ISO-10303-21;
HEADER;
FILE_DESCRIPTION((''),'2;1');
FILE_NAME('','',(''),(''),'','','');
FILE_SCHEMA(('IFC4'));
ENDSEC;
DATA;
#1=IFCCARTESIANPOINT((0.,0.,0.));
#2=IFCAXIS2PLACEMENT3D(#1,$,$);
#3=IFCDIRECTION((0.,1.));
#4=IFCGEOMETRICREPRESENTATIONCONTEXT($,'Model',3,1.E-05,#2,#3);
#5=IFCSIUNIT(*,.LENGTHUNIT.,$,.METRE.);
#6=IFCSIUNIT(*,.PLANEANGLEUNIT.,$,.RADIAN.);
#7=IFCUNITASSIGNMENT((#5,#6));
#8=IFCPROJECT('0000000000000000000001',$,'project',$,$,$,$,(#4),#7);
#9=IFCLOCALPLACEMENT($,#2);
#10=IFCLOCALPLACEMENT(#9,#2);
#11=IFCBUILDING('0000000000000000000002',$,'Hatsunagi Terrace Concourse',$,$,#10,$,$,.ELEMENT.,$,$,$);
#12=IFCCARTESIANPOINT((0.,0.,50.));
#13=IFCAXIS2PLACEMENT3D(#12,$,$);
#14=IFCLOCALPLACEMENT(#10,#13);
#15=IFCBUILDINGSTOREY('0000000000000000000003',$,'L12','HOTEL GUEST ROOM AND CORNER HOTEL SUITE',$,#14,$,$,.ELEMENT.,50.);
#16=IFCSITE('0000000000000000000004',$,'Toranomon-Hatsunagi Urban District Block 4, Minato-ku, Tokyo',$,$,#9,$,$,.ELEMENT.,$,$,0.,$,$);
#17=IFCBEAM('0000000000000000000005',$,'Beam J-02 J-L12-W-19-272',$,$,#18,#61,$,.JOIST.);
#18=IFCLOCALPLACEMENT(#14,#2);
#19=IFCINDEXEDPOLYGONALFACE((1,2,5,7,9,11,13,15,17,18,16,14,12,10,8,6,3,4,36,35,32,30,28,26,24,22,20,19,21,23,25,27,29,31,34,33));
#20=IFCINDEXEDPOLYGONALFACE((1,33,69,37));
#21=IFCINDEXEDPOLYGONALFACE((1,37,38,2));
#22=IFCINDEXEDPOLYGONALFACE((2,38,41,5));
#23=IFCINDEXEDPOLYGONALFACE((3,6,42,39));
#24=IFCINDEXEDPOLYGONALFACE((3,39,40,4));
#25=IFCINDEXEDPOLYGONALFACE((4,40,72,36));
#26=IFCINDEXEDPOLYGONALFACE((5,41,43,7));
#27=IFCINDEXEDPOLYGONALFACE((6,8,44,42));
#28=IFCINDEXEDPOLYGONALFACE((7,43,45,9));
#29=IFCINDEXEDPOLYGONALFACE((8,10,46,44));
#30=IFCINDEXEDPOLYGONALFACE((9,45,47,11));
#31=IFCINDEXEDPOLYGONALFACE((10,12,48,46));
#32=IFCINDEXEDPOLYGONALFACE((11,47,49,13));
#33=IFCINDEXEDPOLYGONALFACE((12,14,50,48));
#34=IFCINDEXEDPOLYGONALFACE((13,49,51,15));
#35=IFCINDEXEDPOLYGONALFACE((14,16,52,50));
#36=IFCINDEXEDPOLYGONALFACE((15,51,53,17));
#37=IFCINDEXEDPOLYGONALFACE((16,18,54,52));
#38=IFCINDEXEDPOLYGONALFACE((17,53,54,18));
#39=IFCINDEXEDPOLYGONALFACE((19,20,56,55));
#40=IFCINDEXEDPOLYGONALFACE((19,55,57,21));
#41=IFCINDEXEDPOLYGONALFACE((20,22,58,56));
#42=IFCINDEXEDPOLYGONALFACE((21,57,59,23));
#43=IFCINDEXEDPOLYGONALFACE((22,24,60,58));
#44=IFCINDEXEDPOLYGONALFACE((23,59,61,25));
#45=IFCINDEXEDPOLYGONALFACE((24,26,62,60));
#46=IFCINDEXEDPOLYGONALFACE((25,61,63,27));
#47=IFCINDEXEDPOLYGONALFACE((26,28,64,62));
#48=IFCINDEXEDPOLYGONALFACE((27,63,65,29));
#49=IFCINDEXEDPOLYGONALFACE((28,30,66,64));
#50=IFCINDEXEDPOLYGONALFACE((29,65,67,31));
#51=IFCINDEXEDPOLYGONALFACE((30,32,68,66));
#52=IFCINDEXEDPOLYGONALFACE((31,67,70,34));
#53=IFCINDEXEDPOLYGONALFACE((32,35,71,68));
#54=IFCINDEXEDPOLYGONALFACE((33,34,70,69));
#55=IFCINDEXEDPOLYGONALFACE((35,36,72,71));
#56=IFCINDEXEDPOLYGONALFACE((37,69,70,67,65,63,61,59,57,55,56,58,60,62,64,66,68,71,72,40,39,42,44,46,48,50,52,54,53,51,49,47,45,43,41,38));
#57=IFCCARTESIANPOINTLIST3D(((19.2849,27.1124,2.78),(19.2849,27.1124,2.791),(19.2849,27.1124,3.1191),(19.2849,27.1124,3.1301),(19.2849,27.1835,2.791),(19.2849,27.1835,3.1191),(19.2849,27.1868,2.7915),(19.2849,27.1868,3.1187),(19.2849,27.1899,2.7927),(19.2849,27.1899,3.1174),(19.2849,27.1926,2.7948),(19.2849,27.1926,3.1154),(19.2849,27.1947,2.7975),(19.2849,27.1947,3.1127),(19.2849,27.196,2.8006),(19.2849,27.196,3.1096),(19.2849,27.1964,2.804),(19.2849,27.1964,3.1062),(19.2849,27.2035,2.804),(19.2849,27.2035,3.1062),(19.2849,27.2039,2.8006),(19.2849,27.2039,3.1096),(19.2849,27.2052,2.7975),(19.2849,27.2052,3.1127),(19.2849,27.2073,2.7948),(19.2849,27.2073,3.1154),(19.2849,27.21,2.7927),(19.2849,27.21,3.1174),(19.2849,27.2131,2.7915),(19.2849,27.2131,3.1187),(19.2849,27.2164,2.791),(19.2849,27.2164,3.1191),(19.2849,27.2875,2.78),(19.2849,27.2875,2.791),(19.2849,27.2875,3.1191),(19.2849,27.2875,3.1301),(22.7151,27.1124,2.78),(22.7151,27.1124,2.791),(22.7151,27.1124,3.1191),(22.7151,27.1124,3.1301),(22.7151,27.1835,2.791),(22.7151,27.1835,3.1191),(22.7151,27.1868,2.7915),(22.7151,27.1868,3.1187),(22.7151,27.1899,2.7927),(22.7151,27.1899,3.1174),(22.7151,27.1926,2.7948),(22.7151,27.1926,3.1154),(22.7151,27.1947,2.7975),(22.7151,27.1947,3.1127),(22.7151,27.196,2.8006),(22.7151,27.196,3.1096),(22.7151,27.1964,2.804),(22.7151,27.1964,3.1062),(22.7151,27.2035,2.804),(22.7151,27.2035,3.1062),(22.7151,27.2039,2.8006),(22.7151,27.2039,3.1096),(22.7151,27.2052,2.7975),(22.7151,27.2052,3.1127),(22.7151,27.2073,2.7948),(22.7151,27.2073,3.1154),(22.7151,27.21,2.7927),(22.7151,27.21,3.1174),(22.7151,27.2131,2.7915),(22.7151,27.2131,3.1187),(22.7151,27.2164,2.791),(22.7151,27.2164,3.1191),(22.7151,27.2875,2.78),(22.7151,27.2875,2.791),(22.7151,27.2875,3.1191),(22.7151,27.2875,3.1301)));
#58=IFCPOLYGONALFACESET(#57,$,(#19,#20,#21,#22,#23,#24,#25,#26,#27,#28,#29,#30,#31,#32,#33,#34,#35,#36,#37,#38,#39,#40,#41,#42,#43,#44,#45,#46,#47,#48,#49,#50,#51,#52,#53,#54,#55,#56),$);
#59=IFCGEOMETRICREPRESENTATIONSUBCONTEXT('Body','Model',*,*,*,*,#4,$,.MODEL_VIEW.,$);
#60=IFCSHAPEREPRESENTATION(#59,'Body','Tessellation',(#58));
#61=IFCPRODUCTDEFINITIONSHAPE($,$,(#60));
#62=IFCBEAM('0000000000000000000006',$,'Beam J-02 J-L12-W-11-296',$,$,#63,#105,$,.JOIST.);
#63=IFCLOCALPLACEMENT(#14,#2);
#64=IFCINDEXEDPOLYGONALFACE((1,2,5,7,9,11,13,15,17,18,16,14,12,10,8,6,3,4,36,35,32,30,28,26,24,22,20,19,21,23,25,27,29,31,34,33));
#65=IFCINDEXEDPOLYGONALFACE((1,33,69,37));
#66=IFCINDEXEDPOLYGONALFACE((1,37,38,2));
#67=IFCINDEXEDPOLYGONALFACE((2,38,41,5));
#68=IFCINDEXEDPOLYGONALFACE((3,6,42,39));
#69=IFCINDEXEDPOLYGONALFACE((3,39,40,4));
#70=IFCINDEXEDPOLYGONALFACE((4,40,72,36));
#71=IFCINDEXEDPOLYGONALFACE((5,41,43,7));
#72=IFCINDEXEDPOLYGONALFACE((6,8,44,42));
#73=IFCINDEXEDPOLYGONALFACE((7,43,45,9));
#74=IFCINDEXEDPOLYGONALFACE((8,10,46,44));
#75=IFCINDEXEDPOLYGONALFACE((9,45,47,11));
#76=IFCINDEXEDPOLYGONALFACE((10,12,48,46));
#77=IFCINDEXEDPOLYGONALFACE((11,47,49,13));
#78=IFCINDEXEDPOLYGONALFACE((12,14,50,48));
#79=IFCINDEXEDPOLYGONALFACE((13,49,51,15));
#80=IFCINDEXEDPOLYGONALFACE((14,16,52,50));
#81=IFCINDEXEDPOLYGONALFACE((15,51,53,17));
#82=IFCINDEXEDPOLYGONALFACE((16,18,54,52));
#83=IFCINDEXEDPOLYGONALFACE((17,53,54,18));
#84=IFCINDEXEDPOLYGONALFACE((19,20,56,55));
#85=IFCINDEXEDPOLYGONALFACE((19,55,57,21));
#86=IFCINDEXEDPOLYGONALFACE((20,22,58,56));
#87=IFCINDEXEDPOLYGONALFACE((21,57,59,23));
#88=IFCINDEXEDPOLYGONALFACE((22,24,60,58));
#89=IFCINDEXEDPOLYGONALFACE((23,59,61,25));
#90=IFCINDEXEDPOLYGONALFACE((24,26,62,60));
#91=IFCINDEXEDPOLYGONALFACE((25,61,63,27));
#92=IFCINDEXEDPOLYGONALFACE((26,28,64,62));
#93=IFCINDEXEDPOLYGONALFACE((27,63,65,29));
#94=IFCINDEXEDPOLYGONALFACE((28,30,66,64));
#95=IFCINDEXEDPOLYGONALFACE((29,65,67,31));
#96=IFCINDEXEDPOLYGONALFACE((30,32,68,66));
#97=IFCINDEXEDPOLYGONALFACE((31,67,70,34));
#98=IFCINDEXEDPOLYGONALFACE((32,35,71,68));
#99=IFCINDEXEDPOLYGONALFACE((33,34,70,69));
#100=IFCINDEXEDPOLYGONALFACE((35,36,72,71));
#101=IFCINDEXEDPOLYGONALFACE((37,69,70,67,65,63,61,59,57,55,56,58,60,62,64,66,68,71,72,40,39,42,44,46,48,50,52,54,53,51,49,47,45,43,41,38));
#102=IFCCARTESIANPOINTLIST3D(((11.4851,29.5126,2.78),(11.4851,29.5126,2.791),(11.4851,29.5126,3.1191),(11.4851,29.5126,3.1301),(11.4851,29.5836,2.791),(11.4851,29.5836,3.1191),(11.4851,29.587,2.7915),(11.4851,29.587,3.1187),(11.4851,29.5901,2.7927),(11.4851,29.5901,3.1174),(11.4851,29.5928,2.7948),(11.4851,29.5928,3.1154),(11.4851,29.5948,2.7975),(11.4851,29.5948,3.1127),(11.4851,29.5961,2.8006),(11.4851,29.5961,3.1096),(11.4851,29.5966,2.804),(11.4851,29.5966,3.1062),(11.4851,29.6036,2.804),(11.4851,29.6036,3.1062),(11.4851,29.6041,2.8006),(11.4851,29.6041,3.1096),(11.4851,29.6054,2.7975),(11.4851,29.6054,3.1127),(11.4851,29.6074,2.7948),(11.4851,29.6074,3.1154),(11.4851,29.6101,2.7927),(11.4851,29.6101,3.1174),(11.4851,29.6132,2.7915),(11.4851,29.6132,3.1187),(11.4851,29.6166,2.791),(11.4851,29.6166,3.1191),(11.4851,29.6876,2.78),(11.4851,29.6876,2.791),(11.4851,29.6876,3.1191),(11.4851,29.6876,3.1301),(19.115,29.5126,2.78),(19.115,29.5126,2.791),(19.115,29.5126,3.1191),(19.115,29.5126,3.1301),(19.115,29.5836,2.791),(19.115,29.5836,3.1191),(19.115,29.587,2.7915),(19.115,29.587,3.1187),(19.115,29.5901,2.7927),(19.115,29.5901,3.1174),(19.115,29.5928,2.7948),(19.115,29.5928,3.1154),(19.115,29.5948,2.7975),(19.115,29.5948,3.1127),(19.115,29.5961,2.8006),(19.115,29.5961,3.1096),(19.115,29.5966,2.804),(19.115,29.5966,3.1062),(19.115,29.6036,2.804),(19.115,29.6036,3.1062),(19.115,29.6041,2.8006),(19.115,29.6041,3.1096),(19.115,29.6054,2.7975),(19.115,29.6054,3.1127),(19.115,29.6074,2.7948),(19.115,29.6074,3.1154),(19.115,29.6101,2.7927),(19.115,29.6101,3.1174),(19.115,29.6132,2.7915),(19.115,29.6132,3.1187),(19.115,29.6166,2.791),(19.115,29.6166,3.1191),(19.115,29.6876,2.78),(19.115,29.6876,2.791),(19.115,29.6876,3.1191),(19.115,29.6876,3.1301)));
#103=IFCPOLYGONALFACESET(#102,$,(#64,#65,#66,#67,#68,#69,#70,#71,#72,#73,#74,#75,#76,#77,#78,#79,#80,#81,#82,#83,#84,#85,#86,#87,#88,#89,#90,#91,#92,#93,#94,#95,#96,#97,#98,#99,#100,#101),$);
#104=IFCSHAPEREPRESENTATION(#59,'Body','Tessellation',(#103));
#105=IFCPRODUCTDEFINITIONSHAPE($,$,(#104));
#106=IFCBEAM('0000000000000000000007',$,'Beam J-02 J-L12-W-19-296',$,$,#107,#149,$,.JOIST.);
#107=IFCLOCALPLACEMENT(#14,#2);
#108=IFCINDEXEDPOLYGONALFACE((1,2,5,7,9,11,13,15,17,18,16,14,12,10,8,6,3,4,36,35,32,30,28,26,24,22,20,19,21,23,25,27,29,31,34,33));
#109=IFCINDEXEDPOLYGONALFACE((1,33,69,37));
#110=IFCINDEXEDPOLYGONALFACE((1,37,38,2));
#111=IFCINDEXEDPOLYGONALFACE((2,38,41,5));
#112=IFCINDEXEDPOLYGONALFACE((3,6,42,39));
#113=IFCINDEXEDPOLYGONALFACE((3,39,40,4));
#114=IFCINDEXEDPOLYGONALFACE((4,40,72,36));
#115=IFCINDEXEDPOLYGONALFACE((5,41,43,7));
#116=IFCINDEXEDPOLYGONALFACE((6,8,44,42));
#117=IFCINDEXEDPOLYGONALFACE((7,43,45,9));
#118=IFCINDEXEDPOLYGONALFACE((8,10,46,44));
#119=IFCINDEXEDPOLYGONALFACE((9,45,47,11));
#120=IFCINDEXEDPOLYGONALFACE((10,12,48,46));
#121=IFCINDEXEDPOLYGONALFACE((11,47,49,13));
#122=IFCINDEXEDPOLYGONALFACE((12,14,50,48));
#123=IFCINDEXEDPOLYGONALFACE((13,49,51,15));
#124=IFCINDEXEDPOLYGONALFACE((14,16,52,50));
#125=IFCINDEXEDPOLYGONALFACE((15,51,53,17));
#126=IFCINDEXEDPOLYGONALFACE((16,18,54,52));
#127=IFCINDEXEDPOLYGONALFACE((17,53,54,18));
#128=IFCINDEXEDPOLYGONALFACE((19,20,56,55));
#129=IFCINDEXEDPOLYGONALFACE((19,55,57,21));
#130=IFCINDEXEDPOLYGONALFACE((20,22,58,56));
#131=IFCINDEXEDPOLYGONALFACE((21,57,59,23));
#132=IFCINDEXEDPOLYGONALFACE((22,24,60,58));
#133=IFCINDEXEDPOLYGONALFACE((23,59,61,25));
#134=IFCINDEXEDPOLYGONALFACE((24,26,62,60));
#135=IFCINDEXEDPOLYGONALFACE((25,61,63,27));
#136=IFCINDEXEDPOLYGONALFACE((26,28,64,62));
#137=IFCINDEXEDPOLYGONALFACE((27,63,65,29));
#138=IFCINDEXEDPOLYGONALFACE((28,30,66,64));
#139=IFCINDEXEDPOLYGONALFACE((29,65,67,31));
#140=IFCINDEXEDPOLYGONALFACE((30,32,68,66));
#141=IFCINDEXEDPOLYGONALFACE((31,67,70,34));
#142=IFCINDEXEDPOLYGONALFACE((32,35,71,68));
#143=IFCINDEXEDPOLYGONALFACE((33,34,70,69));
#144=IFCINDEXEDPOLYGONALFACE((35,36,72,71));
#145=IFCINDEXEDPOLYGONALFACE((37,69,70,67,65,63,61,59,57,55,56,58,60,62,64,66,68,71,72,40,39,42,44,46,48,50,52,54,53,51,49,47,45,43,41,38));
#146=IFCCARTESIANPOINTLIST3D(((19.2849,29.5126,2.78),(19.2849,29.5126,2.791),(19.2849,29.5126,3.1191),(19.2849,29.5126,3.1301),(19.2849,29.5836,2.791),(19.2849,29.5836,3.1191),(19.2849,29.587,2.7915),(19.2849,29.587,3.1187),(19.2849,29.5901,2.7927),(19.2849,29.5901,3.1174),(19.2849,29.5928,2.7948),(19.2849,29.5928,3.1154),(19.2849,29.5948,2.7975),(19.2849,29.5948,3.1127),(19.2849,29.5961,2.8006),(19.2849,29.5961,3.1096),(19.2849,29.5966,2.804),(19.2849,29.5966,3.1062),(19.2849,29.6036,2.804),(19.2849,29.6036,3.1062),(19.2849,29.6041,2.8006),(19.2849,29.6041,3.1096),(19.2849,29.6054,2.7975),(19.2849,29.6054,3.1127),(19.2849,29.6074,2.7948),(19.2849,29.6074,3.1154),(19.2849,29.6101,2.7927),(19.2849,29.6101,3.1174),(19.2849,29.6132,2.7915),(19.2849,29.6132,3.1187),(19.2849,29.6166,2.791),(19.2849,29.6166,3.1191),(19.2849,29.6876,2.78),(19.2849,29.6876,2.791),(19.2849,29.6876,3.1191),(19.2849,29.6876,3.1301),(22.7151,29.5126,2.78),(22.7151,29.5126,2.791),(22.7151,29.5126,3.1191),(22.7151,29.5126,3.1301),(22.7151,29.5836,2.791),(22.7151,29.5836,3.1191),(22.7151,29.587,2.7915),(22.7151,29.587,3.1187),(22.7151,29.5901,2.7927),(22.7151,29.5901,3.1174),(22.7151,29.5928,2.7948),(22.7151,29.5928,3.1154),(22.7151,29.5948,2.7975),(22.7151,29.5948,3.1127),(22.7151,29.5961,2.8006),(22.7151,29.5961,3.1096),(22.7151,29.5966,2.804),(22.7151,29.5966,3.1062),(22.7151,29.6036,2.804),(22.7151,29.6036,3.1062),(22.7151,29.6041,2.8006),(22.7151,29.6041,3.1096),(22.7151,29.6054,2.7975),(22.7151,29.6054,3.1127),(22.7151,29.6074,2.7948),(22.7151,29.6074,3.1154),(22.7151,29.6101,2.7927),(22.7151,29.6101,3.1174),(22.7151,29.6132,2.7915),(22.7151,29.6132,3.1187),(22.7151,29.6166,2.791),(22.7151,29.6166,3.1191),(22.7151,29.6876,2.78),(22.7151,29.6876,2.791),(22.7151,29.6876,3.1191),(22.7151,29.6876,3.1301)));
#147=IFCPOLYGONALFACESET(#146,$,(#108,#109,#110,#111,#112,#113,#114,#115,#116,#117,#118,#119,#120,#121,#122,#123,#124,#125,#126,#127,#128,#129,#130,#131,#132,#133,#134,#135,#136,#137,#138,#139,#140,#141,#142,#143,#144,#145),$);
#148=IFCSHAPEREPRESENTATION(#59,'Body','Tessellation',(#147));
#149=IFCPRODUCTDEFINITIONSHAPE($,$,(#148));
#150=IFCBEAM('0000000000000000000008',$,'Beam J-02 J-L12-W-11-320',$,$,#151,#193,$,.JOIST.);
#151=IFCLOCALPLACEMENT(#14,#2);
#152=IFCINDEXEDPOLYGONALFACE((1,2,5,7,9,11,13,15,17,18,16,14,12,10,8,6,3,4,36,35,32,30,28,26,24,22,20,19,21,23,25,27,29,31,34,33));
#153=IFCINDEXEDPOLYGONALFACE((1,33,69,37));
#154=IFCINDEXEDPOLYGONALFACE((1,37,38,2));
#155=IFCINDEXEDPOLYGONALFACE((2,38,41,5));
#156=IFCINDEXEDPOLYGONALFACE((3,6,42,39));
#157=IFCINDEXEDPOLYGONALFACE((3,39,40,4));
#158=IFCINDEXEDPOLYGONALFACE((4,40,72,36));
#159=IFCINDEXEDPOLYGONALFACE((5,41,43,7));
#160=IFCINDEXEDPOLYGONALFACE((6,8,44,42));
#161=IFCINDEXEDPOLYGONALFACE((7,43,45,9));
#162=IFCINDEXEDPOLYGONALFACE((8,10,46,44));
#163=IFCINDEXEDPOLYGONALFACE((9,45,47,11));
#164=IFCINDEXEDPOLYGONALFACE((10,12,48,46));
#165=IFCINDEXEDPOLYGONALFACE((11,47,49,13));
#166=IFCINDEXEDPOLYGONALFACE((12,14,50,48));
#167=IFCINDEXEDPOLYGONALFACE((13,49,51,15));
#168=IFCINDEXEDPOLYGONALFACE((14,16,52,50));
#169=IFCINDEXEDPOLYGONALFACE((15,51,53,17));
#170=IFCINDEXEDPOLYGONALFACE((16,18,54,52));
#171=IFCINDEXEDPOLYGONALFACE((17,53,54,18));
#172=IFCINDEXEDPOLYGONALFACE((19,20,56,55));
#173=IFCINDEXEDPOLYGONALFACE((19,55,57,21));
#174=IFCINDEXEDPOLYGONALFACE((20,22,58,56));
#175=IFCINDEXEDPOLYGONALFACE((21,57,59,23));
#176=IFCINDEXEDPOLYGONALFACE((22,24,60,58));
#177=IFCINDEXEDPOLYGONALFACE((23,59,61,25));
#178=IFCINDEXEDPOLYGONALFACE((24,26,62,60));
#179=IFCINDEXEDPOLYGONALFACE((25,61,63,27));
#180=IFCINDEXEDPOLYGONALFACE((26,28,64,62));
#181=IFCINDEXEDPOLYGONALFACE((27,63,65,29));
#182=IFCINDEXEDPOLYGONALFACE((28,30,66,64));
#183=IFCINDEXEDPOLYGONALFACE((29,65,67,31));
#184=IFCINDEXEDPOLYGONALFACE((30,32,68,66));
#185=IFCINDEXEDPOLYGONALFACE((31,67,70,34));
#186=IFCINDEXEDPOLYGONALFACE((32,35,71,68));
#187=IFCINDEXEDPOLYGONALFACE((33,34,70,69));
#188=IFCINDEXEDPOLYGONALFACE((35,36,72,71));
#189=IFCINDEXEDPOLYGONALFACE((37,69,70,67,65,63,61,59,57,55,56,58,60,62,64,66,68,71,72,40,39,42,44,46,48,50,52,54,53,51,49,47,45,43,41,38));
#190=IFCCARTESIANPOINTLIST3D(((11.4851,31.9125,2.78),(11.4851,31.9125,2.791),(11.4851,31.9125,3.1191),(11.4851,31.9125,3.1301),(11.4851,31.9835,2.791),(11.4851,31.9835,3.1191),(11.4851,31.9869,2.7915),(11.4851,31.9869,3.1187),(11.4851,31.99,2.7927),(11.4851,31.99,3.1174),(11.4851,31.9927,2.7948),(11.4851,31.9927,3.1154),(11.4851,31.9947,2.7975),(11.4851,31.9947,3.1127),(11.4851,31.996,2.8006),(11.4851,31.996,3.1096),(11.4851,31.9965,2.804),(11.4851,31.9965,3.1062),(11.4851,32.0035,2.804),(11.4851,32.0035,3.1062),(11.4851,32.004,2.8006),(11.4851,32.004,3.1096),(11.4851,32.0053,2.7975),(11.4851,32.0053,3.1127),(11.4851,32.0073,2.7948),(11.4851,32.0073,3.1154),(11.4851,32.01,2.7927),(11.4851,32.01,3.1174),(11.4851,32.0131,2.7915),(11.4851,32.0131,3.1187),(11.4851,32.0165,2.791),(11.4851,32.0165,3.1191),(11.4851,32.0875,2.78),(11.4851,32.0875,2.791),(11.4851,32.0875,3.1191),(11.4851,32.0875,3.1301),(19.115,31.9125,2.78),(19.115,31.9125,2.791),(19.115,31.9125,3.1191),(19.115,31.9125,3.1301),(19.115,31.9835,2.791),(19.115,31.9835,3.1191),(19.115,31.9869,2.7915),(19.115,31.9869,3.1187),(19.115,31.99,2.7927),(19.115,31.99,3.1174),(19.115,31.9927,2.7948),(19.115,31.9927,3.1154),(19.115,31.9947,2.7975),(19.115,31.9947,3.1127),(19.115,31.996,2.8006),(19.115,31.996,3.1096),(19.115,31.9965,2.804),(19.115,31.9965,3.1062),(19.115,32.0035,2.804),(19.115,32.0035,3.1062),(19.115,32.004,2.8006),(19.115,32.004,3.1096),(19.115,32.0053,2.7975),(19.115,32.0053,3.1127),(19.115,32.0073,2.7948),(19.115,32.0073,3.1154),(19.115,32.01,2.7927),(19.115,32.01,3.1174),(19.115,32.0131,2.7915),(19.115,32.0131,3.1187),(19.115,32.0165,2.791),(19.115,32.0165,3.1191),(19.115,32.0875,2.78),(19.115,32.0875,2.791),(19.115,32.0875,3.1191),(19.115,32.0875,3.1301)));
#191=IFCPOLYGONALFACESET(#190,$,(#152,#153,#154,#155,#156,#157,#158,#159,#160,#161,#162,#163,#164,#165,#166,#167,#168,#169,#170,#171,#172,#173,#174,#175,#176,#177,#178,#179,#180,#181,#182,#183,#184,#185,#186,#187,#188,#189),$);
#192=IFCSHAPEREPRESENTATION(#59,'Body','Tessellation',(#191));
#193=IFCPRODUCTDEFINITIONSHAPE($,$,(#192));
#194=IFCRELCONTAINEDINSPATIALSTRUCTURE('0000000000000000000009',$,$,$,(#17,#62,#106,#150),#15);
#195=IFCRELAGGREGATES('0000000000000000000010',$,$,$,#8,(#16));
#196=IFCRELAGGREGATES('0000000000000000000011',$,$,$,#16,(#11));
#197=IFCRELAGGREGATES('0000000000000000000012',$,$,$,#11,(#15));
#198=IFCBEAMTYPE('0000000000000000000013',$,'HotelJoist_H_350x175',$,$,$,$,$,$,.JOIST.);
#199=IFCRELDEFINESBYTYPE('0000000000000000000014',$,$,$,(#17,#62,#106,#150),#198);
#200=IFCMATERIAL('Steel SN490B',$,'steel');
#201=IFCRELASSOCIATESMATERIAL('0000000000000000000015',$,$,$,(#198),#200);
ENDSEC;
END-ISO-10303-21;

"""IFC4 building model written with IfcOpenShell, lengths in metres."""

from ifc_helpers import new_model, si_unit, direction, frame, origin, origin_2d, place, context, subcontext, project, spatial, i_section, extrude, material, material_profile, profile_set, type_object, element, save


model = new_model("IFC4")

# Units and contexts
model_context = context("Model", 3, precision=1e-05, world=origin(), true_north=direction((0.0, 1.0)))
body_context = subcontext(model_context, "Body", "Model", "MODEL_VIEW")
ifc_project = project(units=[si_unit("LENGTHUNIT", "METRE"), si_unit("PLANEANGLEUNIT", "RADIAN")], contexts=[model_context])

# Site, building, storey
site_placement = place(None, origin())
site = spatial("IfcSite", under=ifc_project, at=site_placement, Name="Toranomon-Hatsunagi Urban District Block 4, Minato-ku, Tokyo", CompositionType="ELEMENT", RefElevation=0.0)
building_placement = place(site_placement, origin())
building = spatial("IfcBuilding", under=site, at=building_placement, Name="Hatsunagi Terrace Concourse", CompositionType="ELEMENT")
storey_placement = place(building_placement, frame((0.0, 0.0, 50.0)))
storey = spatial("IfcBuildingStorey", under=building, at=storey_placement, Name="L12", Description="HOTEL GUEST ROOM AND CORNER HOTEL SUITE", CompositionType="ELEMENT", Elevation=50.0)

# Beams
ifc_material_1 = material(Name="Steel SN490B", Category="steel")
ifc_material_profile_1 = material_profile(ifc_material_1, i_section(OverallWidth=0.175, OverallDepth=0.3501, WebThickness=0.0071, FlangeThickness=0.011, FilletRadius=0.0129, at=origin_2d()), Name="H-350x175x7x11")
ifc_profile_set_1 = profile_set([ifc_material_profile_1], Name="Steel SN490B")
beam_type_1 = type_object("IfcBeamType", Name="HotelJoist_H_350x175", PredefinedType="JOIST", material=ifc_profile_set_1)
beam_1_placement = place(storey_placement, frame((19.2849, 27.2, 2.9551), z_axis=(1.0, 0.0, 0.0), x_axis=(0.0, 1.0, 0.0)))
element("IfcBeam", 1, at=beam_1_placement, inside=storey, type_object=beam_type_1, Name="Beam J-02 J-L12-W-19-272", PredefinedType="JOIST", context=body_context, shape_type="SweptSolid", body=[
    extrude(i_section(OverallWidth=0.175, OverallDepth=0.3501, WebThickness=0.0071, FlangeThickness=0.011, FilletRadius=0.0129, at=origin_2d()), origin(), (0.0, 0.0, 1.0), 3.4302),
])
beam_2_placement = place(storey_placement, frame((11.4851, 29.6001, 2.9551), z_axis=(1.0, 0.0, 0.0), x_axis=(0.0, 1.0, 0.0)))
element("IfcBeam", 2, at=beam_2_placement, inside=storey, type_object=beam_type_1, Name="Beam J-02 J-L12-W-11-296", PredefinedType="JOIST", context=body_context, shape_type="SweptSolid", body=[
    extrude(i_section(OverallWidth=0.175, OverallDepth=0.3501, WebThickness=0.0071, FlangeThickness=0.011, FilletRadius=0.0129, at=origin_2d()), origin(), (0.0, 0.0, 1.0), 7.6299),
])
beam_3_placement = place(storey_placement, frame((19.2849, 29.6001, 2.9551), z_axis=(1.0, 0.0, 0.0), x_axis=(0.0, 1.0, 0.0)))
element("IfcBeam", 3, at=beam_3_placement, inside=storey, type_object=beam_type_1, Name="Beam J-02 J-L12-W-19-296", PredefinedType="JOIST", context=body_context, shape_type="SweptSolid", body=[
    extrude(i_section(OverallWidth=0.175, OverallDepth=0.3501, WebThickness=0.0071, FlangeThickness=0.011, FilletRadius=0.0129, at=origin_2d()), origin(), (0.0, 0.0, 1.0), 3.4302),
])
beam_4_placement = place(storey_placement, frame((11.4851, 32.0, 2.9551), z_axis=(1.0, 0.0, 0.0), x_axis=(0.0, 1.0, 0.0)))
element("IfcBeam", 4, at=beam_4_placement, inside=storey, type_object=beam_type_1, Name="Beam J-02 J-L12-W-11-320", PredefinedType="JOIST", context=body_context, shape_type="SweptSolid", body=[
    extrude(i_section(OverallWidth=0.175, OverallDepth=0.3501, WebThickness=0.0071, FlangeThickness=0.011, FilletRadius=0.0129, at=origin_2d()), origin(), (0.0, 0.0, 1.0), 7.6299),
])

save(model, "model.ifc")
